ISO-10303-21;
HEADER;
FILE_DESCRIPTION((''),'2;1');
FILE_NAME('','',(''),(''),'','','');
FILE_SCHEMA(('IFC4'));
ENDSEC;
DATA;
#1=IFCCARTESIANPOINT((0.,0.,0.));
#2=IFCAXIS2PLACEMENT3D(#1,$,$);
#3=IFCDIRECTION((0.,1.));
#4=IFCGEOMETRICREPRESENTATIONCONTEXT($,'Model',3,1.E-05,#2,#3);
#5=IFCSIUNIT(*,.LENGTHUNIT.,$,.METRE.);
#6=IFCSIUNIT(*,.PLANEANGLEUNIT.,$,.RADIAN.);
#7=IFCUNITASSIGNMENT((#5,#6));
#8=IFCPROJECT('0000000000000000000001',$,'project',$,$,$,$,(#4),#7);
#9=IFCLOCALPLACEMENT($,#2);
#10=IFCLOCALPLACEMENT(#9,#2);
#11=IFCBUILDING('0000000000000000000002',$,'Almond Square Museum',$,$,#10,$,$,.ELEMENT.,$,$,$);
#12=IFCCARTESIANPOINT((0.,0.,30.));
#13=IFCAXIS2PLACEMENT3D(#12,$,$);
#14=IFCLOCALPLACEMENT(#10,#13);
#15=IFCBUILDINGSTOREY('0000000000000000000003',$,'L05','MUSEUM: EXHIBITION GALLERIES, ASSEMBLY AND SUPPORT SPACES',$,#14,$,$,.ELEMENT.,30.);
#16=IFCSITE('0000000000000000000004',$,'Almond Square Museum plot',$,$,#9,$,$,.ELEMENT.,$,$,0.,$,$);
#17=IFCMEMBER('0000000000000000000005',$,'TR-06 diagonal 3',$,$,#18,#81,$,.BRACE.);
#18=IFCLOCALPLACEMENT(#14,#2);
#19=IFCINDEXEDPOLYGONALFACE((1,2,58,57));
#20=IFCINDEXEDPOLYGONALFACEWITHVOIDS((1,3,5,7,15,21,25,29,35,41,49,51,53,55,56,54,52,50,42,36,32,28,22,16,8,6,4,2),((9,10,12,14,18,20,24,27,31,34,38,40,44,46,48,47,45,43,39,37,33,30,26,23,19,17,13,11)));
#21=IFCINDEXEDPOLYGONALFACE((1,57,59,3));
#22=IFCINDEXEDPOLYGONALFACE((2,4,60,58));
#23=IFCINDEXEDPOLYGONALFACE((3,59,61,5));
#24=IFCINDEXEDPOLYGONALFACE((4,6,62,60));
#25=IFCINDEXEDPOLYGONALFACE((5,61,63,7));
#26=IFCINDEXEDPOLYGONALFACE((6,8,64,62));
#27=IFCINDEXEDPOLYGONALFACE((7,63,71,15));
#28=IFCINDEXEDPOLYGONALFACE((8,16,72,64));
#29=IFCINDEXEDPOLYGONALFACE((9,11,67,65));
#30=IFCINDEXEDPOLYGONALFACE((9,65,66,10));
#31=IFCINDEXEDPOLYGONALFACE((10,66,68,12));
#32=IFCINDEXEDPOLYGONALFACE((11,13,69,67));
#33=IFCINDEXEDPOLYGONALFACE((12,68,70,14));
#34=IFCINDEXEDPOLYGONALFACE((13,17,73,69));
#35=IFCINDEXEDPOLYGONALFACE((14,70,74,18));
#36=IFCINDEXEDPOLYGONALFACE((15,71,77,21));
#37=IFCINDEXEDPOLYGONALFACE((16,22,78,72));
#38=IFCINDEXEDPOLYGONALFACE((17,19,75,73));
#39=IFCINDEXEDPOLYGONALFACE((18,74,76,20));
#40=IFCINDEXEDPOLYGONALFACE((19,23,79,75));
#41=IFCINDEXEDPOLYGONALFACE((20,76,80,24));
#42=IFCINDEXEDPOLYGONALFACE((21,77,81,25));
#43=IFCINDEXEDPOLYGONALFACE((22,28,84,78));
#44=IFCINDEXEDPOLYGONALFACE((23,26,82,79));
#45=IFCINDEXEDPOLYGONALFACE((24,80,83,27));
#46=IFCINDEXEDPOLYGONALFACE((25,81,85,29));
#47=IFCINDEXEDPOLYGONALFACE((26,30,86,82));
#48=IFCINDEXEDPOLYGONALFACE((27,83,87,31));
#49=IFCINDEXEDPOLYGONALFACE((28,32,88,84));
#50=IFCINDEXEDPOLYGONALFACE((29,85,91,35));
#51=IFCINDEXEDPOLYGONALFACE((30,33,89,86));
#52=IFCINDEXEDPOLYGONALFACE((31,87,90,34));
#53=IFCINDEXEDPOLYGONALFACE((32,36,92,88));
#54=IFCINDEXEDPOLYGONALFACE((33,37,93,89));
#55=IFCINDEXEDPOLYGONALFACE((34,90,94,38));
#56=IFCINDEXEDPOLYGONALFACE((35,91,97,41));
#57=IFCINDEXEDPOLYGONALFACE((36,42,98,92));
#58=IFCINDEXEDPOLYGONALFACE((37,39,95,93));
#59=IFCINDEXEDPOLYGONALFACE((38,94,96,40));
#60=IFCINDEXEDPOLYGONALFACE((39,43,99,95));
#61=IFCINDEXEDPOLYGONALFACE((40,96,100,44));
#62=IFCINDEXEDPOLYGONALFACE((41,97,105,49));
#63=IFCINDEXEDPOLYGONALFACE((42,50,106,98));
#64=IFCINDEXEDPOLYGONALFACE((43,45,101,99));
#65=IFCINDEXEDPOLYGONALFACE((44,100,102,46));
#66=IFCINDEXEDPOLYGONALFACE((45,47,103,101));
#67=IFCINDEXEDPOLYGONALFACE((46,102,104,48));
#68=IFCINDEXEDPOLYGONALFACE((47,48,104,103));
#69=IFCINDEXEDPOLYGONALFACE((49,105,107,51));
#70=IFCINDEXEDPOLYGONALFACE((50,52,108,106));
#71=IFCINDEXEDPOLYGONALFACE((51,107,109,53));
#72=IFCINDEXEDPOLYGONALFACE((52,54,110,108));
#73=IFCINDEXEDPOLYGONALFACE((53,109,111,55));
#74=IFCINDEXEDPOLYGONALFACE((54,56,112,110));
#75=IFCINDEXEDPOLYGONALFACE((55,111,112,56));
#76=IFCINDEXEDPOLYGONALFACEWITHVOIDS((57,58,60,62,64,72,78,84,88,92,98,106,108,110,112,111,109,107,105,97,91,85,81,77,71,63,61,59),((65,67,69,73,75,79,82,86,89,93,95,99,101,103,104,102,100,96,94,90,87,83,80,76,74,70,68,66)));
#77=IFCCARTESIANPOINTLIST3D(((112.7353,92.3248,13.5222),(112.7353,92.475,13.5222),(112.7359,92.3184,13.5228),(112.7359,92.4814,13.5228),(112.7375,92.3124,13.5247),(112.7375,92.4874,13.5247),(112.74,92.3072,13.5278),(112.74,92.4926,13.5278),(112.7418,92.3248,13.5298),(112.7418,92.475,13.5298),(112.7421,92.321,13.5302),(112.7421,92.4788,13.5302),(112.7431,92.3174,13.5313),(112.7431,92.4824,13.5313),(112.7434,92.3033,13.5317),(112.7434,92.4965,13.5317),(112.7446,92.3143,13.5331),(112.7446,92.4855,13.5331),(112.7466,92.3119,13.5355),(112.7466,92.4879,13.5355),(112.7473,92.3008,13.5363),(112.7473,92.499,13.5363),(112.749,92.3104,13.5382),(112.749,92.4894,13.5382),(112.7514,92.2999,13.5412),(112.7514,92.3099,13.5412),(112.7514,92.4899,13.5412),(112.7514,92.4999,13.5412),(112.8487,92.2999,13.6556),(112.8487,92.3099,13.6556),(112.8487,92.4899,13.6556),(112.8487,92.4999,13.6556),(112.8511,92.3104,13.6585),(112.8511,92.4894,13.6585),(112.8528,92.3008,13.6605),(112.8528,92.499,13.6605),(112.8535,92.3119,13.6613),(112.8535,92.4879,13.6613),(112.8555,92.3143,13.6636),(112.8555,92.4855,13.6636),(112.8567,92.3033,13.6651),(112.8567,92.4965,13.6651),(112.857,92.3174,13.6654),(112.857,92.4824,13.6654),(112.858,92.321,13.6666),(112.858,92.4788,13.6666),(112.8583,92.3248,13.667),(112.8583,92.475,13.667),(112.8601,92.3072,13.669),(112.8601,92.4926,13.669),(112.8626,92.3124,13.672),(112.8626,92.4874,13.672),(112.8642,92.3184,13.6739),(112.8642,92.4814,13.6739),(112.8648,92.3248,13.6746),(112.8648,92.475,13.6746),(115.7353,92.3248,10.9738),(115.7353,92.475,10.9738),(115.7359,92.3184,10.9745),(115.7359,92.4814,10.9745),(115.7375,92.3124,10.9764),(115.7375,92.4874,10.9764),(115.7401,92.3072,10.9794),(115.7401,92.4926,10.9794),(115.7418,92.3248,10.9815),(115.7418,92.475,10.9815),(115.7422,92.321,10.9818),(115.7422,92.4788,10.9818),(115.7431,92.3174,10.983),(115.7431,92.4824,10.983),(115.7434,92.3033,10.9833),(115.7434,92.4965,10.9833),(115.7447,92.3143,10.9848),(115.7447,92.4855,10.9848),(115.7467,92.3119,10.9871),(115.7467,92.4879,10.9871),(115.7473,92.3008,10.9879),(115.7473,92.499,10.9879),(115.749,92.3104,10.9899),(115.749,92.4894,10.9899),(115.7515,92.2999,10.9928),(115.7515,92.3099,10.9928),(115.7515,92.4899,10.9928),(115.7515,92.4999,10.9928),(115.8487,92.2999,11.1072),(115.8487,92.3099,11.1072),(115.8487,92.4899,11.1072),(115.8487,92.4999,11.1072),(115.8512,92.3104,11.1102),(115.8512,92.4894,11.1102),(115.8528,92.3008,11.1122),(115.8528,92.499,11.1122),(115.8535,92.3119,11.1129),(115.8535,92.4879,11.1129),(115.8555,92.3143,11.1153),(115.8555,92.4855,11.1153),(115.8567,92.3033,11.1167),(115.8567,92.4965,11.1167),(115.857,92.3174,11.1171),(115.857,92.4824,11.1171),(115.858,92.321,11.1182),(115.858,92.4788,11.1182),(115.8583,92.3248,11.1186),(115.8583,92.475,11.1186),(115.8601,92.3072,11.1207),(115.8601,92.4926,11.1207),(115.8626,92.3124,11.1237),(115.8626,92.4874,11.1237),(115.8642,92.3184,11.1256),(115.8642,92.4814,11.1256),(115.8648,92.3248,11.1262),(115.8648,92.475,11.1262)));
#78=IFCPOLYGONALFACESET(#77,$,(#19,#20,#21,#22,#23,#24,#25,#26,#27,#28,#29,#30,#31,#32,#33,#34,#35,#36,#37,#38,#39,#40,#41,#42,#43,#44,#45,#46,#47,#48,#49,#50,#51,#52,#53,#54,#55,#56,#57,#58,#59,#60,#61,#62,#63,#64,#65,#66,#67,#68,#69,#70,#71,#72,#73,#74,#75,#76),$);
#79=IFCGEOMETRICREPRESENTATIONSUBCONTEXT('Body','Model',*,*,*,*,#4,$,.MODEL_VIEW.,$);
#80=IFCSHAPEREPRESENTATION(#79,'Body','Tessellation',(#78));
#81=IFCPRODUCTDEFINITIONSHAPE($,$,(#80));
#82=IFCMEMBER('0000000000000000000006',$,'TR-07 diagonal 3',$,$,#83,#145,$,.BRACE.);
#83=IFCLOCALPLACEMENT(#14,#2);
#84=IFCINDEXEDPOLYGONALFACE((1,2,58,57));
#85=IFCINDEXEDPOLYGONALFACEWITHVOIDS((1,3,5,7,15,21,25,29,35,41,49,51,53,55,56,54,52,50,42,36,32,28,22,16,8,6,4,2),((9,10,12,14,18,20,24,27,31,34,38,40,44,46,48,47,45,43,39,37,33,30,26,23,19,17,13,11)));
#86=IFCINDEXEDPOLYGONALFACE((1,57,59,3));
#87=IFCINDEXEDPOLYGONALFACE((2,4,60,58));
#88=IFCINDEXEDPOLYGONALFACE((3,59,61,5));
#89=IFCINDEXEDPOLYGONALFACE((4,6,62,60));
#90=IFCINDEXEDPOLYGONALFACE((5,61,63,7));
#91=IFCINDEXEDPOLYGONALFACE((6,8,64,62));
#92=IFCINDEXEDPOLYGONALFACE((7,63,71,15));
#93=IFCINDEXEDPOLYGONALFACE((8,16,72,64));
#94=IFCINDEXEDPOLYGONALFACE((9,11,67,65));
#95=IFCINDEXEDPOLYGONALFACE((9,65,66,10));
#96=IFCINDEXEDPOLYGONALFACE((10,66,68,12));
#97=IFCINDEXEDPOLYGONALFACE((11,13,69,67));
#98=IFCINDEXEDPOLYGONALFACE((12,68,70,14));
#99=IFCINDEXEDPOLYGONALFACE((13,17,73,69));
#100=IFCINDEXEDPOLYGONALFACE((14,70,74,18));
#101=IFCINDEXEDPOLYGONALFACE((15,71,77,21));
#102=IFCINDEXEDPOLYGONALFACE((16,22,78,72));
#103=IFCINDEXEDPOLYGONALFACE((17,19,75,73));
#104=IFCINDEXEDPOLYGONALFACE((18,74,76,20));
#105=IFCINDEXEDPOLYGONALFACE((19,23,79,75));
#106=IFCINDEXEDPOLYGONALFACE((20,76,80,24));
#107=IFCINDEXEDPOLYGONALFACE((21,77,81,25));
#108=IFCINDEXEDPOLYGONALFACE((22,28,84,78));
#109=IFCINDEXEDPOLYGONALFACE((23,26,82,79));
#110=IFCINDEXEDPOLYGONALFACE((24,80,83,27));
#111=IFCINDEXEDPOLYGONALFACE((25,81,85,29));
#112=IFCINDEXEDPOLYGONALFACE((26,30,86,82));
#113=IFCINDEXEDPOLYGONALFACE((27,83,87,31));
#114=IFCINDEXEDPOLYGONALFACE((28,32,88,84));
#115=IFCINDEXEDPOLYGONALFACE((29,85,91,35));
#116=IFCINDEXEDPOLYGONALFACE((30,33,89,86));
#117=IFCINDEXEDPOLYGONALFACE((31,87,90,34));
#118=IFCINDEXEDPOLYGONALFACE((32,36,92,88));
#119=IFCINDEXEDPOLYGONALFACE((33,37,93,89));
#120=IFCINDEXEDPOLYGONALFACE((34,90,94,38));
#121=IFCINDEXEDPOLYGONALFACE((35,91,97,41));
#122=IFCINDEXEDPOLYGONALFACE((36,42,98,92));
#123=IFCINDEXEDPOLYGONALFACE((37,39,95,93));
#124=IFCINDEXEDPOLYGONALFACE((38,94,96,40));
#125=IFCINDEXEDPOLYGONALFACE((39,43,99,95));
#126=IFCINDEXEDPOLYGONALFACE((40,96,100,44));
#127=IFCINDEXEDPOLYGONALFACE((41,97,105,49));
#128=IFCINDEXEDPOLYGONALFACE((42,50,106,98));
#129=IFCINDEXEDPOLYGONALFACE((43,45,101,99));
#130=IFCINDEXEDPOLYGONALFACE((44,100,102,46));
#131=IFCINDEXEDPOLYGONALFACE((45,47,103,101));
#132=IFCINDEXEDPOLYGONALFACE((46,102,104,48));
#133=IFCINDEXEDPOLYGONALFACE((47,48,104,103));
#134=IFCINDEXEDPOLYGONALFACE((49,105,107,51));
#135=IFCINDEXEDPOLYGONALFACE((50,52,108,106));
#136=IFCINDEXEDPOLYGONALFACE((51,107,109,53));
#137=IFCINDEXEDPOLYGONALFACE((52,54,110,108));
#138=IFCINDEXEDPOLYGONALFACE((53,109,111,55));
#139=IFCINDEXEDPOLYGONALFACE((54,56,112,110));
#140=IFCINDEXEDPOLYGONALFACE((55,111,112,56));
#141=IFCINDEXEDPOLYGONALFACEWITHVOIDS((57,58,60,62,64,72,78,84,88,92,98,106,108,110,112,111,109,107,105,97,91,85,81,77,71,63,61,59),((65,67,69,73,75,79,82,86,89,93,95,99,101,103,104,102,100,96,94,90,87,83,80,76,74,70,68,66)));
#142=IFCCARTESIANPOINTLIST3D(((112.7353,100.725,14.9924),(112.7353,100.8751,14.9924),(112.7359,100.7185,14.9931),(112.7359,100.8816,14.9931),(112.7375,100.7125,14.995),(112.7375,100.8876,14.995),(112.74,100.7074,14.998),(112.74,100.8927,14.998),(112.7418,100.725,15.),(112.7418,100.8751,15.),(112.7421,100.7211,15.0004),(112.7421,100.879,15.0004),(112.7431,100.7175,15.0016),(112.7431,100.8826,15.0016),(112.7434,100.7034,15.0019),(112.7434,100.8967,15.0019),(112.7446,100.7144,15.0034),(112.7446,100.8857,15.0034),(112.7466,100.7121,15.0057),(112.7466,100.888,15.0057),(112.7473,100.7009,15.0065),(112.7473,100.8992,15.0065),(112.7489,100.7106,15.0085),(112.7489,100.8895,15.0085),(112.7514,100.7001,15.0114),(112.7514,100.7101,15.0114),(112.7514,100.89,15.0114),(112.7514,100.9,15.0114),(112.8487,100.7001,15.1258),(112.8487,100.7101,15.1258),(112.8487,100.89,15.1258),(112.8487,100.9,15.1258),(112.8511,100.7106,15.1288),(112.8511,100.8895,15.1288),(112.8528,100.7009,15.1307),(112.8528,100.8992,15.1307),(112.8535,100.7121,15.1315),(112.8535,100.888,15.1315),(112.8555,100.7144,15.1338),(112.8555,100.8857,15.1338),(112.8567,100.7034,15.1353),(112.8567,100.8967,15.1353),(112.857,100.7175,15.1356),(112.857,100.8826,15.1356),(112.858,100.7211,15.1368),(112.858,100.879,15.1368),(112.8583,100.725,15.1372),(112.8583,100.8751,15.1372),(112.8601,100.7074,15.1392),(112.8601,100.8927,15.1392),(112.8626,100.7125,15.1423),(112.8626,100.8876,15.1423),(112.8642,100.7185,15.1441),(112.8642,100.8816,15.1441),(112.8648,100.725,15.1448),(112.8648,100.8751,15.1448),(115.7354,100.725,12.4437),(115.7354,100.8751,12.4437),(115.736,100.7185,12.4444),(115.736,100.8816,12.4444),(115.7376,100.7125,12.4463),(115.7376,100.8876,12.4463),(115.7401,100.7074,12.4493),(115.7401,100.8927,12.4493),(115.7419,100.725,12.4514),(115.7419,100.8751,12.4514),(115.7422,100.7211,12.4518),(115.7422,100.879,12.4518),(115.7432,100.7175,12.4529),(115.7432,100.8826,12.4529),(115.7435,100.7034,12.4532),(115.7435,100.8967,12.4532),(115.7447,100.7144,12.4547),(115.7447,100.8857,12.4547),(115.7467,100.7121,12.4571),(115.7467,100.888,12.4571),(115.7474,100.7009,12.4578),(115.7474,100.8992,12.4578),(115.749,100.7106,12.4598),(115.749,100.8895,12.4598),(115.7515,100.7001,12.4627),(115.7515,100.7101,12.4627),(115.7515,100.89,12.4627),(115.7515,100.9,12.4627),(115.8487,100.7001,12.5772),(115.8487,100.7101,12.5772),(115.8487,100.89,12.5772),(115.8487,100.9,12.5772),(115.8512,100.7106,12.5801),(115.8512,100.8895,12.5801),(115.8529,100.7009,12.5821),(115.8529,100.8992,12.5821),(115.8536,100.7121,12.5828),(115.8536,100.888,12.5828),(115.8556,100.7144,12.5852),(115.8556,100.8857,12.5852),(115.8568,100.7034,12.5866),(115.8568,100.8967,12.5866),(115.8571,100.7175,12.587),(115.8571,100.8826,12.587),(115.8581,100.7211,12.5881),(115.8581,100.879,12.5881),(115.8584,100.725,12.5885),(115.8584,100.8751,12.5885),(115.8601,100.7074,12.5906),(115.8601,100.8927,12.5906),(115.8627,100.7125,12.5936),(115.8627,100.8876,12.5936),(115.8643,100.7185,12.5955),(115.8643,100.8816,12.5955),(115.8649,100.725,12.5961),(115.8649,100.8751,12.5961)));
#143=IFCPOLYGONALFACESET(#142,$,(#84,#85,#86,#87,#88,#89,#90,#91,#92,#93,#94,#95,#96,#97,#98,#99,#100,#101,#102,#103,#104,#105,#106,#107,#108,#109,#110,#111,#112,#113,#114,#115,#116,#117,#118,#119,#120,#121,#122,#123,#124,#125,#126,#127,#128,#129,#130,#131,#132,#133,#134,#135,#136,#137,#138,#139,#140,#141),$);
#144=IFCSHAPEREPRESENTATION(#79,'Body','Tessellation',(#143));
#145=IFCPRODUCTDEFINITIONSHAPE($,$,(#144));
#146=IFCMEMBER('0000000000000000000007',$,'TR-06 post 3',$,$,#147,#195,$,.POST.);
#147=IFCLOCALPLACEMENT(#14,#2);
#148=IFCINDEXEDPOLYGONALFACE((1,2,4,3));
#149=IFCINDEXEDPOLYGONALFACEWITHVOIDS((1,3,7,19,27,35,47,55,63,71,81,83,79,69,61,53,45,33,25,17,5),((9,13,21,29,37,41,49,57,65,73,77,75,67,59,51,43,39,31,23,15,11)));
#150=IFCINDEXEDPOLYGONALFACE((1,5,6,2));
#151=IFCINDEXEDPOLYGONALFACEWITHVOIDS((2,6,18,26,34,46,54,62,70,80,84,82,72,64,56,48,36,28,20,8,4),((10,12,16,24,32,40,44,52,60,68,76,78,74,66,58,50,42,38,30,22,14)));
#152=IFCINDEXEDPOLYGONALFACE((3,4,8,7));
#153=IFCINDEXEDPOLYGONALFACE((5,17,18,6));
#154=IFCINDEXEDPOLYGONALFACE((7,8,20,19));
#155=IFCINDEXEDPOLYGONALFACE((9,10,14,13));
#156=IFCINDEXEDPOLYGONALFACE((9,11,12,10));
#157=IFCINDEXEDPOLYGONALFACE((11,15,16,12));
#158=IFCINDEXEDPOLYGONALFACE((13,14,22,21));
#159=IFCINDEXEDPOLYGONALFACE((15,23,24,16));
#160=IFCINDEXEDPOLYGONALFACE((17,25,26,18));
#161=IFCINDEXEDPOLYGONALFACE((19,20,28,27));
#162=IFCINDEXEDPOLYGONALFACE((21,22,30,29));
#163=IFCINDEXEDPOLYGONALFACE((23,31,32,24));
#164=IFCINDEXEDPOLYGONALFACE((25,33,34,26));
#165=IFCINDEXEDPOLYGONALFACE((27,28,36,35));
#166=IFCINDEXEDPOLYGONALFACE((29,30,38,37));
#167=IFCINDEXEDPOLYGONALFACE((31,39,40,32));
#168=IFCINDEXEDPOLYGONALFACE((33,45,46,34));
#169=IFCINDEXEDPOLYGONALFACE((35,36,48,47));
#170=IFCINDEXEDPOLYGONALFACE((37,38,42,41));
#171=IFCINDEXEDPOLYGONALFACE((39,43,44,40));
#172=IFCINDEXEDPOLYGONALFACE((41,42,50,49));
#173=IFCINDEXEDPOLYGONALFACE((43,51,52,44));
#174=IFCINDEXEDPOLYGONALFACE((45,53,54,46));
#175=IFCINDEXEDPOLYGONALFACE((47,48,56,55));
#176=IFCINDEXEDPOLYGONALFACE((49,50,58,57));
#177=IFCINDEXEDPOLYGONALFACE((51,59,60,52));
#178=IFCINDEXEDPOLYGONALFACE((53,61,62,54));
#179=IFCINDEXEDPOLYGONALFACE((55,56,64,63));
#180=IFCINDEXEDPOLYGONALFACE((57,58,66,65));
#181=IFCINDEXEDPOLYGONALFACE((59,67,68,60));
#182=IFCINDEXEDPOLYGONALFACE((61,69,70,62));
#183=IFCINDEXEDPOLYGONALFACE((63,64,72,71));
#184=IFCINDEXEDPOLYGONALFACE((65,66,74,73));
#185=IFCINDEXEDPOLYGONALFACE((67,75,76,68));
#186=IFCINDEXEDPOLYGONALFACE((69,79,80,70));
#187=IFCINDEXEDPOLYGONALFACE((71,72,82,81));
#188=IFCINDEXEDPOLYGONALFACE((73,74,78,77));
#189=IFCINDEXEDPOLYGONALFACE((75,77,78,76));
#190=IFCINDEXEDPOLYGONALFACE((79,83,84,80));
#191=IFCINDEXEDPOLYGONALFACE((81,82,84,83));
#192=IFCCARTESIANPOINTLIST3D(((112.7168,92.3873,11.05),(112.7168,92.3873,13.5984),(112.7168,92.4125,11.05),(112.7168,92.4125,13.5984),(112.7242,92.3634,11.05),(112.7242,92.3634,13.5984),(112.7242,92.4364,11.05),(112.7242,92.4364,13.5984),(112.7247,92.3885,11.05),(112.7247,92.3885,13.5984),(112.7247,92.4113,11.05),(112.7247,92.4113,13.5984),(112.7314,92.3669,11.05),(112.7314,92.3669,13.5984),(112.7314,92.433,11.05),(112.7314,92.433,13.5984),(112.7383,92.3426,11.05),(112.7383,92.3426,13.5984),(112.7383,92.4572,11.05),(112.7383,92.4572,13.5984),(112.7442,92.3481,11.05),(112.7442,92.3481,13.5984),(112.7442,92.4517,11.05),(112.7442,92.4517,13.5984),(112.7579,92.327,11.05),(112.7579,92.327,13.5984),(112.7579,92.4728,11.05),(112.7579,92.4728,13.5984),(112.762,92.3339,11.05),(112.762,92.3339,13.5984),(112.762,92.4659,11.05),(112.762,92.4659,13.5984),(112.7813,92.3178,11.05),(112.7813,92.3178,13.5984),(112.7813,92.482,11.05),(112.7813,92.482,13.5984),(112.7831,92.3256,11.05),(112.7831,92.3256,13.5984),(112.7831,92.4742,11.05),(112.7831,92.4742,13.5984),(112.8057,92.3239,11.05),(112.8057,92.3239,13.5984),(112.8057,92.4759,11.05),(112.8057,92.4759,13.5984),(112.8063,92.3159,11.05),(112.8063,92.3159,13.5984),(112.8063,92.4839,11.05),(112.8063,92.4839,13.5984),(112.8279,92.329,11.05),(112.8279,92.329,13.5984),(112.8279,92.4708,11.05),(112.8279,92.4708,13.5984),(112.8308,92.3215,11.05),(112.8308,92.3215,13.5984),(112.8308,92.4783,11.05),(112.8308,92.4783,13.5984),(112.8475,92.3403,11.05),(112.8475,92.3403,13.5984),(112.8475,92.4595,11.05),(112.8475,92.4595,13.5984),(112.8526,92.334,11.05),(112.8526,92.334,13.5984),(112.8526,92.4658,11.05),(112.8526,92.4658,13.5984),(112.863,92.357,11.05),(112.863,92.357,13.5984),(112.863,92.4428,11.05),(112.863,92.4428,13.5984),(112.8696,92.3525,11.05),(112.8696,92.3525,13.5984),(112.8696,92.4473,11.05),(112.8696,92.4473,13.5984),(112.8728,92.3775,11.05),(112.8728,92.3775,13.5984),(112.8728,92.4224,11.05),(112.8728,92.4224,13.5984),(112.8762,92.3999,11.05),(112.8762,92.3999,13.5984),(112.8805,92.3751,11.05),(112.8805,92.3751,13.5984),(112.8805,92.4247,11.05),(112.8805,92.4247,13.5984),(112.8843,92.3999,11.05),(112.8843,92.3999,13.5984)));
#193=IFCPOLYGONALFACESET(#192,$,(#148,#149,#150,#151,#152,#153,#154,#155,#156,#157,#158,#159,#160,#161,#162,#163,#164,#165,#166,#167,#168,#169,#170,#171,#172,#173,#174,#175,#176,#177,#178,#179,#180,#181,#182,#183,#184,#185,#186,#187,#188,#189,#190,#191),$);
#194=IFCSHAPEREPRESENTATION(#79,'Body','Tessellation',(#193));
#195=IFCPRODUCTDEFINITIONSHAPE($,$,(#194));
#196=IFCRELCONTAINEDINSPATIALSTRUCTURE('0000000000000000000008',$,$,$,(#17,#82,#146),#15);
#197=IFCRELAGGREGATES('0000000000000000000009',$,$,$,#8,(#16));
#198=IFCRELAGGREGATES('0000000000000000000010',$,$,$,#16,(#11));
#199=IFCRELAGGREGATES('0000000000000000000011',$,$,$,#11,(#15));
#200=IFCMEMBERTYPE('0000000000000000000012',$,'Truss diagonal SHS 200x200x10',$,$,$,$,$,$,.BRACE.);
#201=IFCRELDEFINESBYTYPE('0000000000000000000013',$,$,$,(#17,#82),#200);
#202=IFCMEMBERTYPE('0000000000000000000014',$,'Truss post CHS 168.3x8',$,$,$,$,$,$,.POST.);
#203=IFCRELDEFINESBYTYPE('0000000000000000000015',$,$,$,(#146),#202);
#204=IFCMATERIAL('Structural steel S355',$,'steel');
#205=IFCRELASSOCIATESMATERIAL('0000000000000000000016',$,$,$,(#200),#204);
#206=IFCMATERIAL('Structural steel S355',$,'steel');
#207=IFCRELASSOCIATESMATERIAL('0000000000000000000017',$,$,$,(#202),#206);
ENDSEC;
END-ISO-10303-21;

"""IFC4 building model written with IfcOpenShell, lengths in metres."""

from ifc_helpers import new_model, si_unit, direction, frame, origin, origin_2d, place, context, subcontext, project, spatial, hollow_rectangle, hollow_circle, extrude, material, material_profile, profile_set, type_object, element, save


model = new_model("IFC4")

# Units and contexts
model_context = context("Model", 3, precision=1e-05, world=origin(), true_north=direction((0.0, 1.0)))
body_context = subcontext(model_context, "Body", "Model", "MODEL_VIEW")
ifc_project = project(units=[si_unit("LENGTHUNIT", "METRE"), si_unit("PLANEANGLEUNIT", "RADIAN")], contexts=[model_context])

# Site, building, storey
site_placement = place(None, origin())
site = spatial("IfcSite", under=ifc_project, at=site_placement, Name="Almond Square Museum plot", CompositionType="ELEMENT", RefElevation=0.0)
building_placement = place(site_placement, origin())
building = spatial("IfcBuilding", under=site, at=building_placement, Name="Almond Square Museum", CompositionType="ELEMENT")
storey_placement = place(building_placement, frame((0.0, 0.0, 30.0)))
storey = spatial("IfcBuildingStorey", under=building, at=storey_placement, Name="L05", Description="MUSEUM: EXHIBITION GALLERIES, ASSEMBLY AND SUPPORT SPACES", CompositionType="ELEMENT", Elevation=30.0)

# Members
ifc_material_1 = material(Name="Structural steel S355", Category="steel")
ifc_material_profile_1 = material_profile(ifc_material_1, hollow_rectangle(XDim=0.2, YDim=0.2, WallThickness=0.01, InnerFilletRadius=0.0149, OuterFilletRadius=0.0249, at=origin_2d()))
ifc_profile_set_1 = profile_set([ifc_material_profile_1], Name="Structural steel S355")
member_type_1 = type_object("IfcMemberType", Name="Truss diagonal SHS 200x200x10", PredefinedType="BRACE", material=ifc_profile_set_1)
member_1_placement = place(storey_placement, frame((112.8, 92.3999, 13.5984), z_axis=(0.762147, 0.0, -0.647404), x_axis=(0.0, 1.0, 0.0)))
element("IfcMember", 1, at=member_1_placement, inside=storey, type_object=member_type_1, Name="TR-06 diagonal 3", PredefinedType="BRACE", context=body_context, shape_type="SweptSolid", body=[
    extrude(hollow_rectangle(XDim=0.2, YDim=0.2, WallThickness=0.01, InnerFilletRadius=0.0149, OuterFilletRadius=0.0249, at=origin_2d()), origin(), (0.0, 0.0, 1.0), 3.9363),
])
member_2_placement = place(storey_placement, frame((112.8, 100.8, 15.0686), z_axis=(0.762117, 0.0, -0.64744), x_axis=(0.0, 1.0, 0.0)))
element("IfcMember", 2, at=member_2_placement, inside=storey, type_object=member_type_1, Name="TR-07 diagonal 3", PredefinedType="BRACE", context=body_context, shape_type="SweptSolid", body=[
    extrude(hollow_rectangle(XDim=0.2, YDim=0.2, WallThickness=0.01, InnerFilletRadius=0.0149, OuterFilletRadius=0.0249, at=origin_2d()), origin(), (0.0, 0.0, 1.0), 3.9365),
])
ifc_material_2 = material(Name="Structural steel S355", Category="steel")
ifc_material_profile_2 = material_profile(ifc_material_2, hollow_circle(Radius=0.0842, WallThickness=0.0081, at=origin_2d()))
ifc_profile_set_2 = profile_set([ifc_material_profile_2], Name="Structural steel S355")
member_type_2 = type_object("IfcMemberType", Name="Truss post CHS 168.3x8", PredefinedType="POST", material=ifc_profile_set_2)
member_3_placement = place(storey_placement, frame((112.8, 92.3999, 11.05), z_axis=(0.0, 0.0, 1.0), x_axis=(1.0, 0.0, 0.0)))
element("IfcMember", 3, at=member_3_placement, inside=storey, type_object=member_type_2, Name="TR-06 post 3", PredefinedType="POST", context=body_context, shape_type="SweptSolid", body=[
    extrude(hollow_circle(Radius=0.0842, WallThickness=0.0081, at=origin_2d()), origin(), (0.0, 0.0, 1.0), 2.5483),
])

save(model, "model.ifc")
